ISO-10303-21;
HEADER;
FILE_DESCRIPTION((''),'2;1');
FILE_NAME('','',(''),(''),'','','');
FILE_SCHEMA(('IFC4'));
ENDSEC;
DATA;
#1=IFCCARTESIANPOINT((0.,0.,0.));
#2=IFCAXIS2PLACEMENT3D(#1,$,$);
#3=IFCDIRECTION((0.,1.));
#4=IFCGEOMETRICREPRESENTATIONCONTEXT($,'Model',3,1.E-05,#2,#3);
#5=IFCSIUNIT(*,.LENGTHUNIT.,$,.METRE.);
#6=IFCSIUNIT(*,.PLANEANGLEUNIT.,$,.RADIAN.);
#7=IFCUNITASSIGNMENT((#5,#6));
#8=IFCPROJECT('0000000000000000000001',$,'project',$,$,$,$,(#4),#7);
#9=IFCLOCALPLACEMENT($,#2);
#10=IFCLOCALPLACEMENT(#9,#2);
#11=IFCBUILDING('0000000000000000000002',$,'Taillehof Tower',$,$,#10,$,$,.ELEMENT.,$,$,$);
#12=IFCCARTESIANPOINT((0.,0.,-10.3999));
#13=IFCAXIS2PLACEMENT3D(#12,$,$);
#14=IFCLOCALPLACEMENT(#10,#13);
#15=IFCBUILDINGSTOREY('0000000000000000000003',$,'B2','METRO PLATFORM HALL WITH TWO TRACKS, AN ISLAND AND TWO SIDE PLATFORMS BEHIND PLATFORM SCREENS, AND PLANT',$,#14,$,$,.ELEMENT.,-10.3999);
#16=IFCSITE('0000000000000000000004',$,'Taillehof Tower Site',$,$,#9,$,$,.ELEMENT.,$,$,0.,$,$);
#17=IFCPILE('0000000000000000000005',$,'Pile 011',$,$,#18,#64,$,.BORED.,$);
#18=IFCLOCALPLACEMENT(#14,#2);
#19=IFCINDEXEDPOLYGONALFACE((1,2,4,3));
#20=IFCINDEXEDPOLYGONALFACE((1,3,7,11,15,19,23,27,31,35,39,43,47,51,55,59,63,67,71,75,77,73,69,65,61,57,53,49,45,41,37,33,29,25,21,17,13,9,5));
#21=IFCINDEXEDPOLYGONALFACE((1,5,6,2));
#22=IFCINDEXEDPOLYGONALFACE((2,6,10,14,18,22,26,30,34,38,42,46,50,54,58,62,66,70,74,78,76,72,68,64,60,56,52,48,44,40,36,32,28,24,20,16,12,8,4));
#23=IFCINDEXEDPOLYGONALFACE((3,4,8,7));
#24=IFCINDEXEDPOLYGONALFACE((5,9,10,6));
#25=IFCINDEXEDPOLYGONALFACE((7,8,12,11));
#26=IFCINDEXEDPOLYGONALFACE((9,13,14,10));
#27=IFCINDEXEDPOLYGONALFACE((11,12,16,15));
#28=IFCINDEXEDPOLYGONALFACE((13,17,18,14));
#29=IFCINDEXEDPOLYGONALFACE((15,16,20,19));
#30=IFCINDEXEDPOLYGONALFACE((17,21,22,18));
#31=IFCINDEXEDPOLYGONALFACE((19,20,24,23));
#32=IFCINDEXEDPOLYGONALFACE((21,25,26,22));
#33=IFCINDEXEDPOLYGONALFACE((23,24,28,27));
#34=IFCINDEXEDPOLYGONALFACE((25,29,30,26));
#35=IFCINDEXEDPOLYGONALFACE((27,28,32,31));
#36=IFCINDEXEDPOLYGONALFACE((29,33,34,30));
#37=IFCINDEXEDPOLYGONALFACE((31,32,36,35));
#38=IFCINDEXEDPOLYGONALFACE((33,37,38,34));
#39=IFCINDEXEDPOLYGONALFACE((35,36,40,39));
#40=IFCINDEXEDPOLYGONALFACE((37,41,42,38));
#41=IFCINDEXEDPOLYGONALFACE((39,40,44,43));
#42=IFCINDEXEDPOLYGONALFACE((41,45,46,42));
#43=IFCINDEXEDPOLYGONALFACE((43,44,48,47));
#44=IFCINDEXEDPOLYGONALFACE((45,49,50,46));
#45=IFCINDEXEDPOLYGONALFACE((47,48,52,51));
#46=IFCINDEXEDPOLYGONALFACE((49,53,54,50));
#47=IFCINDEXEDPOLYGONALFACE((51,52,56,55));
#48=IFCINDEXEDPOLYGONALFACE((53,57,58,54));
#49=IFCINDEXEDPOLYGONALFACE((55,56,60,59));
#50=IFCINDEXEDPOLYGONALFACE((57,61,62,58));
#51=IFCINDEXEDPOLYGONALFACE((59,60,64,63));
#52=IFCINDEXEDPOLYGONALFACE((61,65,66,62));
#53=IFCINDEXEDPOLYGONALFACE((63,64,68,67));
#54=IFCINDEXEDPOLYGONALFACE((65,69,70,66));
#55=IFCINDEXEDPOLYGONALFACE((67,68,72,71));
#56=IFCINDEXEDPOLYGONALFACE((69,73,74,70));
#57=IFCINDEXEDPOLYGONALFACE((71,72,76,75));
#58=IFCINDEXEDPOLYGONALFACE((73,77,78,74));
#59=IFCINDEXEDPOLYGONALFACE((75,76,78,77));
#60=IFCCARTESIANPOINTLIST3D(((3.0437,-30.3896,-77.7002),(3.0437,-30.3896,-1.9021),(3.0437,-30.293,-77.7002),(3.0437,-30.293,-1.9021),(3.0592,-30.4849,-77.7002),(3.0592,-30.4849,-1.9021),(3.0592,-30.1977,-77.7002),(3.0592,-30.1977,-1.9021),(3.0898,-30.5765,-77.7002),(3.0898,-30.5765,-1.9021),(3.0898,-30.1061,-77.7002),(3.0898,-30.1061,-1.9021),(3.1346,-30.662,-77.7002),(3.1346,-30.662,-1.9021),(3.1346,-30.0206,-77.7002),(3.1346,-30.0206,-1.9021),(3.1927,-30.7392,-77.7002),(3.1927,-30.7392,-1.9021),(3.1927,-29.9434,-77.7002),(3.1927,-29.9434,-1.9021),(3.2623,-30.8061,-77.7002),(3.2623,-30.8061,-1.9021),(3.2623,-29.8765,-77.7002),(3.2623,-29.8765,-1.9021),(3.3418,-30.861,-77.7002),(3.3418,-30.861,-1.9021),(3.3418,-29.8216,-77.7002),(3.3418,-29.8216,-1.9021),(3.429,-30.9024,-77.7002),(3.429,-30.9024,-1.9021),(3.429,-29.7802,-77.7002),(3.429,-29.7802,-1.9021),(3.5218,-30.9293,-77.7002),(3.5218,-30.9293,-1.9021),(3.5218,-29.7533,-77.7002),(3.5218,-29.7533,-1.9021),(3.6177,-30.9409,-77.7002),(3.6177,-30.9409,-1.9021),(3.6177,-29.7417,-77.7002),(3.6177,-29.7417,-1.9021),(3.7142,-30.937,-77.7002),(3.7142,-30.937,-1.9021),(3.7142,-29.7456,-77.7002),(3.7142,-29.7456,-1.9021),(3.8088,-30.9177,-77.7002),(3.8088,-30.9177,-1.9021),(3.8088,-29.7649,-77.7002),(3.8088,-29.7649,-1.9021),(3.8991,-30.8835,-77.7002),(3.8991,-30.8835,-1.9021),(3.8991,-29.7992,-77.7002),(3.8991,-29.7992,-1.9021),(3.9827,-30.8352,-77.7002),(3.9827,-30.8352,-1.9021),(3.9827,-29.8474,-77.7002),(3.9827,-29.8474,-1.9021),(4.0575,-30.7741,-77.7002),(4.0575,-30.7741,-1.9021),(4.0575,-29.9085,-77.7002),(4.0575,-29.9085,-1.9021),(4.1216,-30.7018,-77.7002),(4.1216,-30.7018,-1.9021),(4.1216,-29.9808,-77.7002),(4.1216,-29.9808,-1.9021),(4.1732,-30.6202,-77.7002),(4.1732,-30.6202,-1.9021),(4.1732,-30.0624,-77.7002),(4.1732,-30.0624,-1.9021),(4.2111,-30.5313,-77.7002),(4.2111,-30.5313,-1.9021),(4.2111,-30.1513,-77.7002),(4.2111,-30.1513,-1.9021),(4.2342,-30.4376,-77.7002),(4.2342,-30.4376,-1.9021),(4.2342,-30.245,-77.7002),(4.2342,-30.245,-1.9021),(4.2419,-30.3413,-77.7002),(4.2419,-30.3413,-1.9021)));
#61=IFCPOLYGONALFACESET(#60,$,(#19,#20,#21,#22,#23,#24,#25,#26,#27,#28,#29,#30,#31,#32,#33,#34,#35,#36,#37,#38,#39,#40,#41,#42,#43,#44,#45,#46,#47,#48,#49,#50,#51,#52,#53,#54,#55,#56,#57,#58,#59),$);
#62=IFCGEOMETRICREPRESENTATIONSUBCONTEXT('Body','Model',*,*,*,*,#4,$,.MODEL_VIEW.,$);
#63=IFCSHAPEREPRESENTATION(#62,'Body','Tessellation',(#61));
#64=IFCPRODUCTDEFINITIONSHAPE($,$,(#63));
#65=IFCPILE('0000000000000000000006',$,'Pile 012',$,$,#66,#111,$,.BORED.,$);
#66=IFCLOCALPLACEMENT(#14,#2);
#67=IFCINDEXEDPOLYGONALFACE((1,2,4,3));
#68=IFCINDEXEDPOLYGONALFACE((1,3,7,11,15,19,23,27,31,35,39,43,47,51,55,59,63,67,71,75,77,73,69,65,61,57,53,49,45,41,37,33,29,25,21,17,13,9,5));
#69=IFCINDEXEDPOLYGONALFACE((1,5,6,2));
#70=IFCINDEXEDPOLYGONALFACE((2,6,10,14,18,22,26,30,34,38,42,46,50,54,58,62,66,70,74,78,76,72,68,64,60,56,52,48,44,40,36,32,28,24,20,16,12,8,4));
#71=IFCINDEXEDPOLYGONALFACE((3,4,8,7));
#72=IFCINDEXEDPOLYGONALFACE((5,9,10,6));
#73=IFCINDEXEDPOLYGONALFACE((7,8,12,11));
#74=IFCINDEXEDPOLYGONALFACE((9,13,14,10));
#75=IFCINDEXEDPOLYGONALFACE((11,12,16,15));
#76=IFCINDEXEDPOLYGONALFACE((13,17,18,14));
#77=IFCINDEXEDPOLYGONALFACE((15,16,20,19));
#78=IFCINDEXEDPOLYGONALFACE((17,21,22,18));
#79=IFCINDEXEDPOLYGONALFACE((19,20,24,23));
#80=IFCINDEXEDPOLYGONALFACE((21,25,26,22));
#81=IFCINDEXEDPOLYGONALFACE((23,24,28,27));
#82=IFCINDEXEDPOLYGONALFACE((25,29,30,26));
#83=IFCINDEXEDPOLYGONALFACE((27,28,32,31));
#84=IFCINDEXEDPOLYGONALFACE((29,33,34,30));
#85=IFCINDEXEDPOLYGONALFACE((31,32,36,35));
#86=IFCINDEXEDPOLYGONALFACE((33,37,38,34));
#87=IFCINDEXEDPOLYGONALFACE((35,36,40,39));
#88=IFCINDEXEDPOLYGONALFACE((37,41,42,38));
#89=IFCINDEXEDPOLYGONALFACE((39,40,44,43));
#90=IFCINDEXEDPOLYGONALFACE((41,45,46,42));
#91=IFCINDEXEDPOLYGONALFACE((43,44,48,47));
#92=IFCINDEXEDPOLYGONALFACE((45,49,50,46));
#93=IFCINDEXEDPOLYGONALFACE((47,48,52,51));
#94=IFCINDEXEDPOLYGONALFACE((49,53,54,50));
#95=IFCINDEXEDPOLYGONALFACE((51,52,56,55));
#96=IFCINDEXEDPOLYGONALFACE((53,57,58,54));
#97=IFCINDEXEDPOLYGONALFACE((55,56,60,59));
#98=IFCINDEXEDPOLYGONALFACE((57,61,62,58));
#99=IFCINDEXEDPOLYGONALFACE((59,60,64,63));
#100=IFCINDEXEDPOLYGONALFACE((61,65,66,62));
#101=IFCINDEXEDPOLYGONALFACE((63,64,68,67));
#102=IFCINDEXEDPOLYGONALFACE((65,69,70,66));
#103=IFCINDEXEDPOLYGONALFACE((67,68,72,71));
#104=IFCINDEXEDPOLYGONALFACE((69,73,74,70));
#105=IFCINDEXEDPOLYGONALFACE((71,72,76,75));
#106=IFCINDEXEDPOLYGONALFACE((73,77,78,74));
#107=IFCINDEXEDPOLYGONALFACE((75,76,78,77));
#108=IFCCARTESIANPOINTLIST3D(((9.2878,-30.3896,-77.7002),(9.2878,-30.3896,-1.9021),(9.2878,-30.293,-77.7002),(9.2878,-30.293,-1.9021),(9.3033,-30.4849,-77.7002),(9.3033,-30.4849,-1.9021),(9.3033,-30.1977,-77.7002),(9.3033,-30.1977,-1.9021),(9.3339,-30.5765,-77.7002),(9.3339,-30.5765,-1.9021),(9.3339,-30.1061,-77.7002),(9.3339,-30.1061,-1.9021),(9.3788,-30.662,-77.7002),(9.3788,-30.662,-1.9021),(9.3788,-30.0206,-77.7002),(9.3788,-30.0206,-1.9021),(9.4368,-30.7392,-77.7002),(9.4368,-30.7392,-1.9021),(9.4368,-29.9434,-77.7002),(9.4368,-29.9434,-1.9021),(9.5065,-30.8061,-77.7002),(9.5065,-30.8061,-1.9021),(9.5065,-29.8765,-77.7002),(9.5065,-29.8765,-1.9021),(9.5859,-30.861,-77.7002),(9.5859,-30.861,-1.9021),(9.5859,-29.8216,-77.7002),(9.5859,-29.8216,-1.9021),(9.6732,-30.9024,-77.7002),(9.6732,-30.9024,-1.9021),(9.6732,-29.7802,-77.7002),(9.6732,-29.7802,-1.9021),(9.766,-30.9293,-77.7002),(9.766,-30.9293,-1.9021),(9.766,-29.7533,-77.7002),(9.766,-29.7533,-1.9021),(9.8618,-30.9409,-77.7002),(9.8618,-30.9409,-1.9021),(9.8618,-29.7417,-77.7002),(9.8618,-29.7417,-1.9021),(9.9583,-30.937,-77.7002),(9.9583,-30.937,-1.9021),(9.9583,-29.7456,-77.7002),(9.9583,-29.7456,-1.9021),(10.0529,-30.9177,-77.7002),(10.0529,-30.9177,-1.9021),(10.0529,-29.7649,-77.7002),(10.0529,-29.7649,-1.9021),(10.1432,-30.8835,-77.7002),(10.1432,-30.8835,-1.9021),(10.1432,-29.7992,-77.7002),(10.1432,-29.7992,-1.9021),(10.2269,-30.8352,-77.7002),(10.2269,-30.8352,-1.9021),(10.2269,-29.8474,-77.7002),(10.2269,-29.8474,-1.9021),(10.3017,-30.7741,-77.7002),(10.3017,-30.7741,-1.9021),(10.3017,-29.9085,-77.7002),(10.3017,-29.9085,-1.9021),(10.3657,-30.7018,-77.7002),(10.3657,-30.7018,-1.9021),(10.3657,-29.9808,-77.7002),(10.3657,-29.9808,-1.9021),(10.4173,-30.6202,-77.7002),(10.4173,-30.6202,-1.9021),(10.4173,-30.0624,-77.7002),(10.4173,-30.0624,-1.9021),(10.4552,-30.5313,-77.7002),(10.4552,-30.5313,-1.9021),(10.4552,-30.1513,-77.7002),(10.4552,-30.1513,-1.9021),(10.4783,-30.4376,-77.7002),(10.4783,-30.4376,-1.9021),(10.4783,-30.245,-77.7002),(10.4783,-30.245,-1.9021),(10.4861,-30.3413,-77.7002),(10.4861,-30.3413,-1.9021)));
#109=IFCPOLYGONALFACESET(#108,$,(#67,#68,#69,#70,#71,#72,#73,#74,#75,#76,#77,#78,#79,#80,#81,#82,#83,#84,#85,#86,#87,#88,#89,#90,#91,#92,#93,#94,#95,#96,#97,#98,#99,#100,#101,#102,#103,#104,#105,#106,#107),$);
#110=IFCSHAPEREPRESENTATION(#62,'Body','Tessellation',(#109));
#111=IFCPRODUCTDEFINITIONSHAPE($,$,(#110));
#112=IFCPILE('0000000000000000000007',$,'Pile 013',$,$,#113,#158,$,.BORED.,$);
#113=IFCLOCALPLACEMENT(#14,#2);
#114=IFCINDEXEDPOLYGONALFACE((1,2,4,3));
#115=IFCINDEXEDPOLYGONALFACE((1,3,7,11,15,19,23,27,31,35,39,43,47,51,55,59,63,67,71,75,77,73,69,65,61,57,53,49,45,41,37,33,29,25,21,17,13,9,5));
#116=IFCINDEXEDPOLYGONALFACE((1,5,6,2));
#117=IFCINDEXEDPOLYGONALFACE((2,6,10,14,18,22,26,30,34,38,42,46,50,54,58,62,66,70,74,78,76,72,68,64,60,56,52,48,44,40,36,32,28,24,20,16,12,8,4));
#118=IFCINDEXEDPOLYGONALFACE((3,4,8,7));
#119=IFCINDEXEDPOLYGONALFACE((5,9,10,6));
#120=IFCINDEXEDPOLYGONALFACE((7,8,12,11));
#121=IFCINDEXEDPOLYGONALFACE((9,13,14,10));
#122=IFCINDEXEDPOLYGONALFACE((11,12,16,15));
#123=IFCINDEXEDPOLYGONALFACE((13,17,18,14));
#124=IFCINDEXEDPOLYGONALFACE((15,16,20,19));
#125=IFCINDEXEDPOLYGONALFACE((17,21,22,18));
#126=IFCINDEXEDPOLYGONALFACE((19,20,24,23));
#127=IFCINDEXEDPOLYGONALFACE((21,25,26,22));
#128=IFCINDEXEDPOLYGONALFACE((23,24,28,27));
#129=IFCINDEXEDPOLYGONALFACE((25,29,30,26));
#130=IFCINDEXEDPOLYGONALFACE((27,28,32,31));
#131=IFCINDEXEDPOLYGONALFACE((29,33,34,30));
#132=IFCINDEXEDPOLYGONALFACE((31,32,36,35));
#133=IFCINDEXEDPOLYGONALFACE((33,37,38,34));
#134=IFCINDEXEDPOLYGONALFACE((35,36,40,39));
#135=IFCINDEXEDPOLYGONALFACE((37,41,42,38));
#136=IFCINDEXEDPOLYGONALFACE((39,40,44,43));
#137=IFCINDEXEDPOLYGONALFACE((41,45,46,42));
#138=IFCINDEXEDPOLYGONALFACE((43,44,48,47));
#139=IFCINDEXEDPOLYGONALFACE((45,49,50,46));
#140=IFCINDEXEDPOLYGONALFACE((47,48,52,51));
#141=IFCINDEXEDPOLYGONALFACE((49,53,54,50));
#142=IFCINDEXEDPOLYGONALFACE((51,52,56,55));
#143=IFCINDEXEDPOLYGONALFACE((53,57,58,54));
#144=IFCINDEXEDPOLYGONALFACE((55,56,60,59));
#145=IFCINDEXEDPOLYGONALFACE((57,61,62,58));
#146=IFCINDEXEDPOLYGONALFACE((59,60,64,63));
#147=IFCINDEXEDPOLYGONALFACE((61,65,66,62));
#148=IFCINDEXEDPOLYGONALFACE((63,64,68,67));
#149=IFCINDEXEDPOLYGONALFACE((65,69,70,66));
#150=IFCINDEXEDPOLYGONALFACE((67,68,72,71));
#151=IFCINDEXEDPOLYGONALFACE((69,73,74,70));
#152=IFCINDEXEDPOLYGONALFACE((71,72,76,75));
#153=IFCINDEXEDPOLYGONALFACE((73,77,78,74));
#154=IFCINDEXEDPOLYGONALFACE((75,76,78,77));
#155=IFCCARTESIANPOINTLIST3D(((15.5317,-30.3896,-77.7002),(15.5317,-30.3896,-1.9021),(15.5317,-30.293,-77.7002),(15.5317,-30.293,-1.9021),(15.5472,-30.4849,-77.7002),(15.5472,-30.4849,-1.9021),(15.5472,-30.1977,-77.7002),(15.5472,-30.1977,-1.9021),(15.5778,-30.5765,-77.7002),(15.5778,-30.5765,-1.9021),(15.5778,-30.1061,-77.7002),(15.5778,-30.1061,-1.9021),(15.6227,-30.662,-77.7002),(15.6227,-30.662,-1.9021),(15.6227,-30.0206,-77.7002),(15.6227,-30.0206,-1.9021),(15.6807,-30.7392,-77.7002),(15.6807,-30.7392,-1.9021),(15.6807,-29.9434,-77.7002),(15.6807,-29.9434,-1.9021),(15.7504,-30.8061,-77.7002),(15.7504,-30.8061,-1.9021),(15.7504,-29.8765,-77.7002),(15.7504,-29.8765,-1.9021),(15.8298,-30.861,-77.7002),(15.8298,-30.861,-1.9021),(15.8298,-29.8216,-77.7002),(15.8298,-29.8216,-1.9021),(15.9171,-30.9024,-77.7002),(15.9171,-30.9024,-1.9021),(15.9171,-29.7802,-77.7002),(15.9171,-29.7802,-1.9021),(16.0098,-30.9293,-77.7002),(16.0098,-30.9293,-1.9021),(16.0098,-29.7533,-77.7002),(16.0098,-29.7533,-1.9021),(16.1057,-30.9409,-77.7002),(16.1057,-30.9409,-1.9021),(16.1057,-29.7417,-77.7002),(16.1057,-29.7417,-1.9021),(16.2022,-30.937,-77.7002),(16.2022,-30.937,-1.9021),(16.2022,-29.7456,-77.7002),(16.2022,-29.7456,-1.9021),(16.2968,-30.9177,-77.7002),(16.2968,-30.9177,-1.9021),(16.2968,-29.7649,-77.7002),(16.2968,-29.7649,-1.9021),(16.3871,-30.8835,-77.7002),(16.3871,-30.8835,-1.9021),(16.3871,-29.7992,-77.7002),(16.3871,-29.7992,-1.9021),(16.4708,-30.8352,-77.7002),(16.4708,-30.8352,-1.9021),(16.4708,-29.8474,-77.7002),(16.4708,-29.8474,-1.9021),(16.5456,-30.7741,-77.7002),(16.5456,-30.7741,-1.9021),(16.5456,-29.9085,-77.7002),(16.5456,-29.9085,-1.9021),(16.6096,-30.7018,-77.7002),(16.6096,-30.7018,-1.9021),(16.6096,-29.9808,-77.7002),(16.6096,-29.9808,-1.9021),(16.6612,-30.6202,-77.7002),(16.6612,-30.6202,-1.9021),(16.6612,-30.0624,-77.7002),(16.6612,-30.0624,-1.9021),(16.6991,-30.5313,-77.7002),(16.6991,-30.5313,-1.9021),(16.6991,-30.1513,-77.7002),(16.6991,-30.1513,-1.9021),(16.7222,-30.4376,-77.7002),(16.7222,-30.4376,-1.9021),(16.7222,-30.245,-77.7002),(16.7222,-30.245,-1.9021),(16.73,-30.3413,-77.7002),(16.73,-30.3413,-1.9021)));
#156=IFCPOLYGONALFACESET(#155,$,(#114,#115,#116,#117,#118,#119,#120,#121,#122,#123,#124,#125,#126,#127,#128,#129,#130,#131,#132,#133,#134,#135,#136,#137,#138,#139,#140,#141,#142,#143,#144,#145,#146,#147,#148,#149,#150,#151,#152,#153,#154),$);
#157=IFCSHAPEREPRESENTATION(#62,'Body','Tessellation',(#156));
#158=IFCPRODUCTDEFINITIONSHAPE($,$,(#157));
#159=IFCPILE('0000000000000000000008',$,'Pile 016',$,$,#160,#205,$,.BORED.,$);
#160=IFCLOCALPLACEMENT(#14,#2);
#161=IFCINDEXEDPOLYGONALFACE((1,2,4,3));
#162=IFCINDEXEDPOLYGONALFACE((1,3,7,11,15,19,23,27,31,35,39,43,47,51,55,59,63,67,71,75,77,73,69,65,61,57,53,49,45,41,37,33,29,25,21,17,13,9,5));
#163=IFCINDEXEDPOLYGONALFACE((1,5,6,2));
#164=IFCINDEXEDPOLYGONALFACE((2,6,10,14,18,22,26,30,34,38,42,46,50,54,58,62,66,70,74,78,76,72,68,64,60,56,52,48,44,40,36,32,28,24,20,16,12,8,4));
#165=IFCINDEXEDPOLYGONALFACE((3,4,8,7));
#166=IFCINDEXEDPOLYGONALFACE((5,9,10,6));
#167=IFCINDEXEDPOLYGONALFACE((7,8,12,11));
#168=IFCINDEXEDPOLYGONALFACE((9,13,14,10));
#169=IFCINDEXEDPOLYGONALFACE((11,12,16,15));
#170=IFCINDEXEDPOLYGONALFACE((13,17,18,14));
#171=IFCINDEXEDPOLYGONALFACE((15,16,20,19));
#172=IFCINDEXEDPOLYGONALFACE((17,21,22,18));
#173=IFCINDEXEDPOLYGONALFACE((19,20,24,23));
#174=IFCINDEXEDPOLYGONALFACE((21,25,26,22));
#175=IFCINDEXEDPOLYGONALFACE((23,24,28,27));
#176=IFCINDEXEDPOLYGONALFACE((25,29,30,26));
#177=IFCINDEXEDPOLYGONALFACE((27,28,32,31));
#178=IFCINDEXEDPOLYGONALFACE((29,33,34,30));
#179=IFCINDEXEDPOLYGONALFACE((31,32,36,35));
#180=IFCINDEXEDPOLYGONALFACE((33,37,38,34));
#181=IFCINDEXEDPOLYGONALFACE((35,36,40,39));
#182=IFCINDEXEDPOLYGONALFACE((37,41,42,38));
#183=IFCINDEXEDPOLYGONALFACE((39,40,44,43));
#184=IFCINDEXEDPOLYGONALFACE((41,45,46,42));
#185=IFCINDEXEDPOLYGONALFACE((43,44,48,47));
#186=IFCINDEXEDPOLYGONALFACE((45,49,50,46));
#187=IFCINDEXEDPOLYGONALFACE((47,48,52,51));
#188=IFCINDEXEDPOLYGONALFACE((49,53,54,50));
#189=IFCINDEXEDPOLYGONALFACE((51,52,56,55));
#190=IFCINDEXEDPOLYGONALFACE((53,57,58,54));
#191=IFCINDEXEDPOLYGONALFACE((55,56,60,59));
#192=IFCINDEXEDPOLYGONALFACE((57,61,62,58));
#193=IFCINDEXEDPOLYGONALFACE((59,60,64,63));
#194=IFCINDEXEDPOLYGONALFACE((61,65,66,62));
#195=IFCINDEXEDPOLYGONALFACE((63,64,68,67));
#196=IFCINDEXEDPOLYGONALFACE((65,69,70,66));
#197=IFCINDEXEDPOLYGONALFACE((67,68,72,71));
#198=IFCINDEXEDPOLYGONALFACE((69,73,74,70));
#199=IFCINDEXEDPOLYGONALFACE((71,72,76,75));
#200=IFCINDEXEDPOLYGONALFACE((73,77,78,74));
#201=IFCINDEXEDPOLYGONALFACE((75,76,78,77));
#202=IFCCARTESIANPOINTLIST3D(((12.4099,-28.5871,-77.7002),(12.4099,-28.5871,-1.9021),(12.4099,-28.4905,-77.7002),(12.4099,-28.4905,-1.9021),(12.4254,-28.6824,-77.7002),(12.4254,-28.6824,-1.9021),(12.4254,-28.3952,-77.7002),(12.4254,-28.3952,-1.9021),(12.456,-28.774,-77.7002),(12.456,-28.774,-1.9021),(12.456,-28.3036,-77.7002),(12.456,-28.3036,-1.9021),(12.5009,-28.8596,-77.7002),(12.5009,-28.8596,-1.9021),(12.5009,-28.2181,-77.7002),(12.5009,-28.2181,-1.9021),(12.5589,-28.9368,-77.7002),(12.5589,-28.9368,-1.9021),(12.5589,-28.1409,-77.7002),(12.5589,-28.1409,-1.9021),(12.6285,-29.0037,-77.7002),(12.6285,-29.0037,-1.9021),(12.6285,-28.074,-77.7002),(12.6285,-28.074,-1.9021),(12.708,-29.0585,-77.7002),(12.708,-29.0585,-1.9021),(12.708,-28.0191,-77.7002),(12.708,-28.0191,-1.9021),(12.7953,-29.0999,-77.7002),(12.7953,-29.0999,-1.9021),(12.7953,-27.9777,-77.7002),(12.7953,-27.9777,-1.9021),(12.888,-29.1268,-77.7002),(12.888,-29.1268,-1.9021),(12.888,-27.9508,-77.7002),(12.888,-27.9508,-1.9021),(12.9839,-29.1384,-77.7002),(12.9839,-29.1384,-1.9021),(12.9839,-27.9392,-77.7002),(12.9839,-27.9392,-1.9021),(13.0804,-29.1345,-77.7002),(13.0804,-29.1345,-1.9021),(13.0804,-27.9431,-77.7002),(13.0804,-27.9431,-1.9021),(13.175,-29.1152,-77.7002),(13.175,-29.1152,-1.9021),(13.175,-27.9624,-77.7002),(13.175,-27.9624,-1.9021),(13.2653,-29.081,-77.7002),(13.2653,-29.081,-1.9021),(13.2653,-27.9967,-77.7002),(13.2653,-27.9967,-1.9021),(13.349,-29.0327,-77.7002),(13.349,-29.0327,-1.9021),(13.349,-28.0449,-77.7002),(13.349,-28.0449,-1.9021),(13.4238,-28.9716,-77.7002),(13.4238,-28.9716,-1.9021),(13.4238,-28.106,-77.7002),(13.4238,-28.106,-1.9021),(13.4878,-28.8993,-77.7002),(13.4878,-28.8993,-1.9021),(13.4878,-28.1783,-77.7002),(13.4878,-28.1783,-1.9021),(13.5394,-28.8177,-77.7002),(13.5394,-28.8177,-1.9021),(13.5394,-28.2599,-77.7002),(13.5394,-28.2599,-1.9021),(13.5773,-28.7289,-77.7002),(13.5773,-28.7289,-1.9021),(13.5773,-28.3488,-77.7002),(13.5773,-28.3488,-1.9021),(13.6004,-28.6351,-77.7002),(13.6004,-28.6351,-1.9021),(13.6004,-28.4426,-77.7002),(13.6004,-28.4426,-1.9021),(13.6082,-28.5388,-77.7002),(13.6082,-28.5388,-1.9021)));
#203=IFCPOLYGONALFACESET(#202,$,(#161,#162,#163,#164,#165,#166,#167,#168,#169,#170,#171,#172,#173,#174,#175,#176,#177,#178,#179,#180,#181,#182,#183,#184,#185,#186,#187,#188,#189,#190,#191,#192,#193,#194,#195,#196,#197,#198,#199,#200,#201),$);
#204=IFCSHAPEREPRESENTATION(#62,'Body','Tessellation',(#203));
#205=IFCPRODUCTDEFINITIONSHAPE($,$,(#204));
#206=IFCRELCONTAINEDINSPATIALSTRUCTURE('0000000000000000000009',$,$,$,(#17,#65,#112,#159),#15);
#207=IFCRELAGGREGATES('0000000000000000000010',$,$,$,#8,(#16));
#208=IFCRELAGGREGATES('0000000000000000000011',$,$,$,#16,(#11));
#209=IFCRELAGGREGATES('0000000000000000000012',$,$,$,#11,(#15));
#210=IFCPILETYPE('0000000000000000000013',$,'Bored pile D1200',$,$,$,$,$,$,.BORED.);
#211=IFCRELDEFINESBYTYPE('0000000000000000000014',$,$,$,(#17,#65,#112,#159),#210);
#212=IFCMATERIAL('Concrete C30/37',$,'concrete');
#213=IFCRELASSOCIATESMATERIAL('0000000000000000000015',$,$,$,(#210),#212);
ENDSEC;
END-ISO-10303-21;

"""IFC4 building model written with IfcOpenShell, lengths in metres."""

from ifc_helpers import new_model, si_unit, direction, frame, origin, origin_2d, place, context, subcontext, project, spatial, circle, extrude, material, material_profile, profile_set, type_object, element, save


model = new_model("IFC4")

# Units and contexts
model_context = context("Model", 3, precision=1e-05, world=origin(), true_north=direction((0.0, 1.0)))
body_context = subcontext(model_context, "Body", "Model", "MODEL_VIEW")
ifc_project = project(units=[si_unit("LENGTHUNIT", "METRE"), si_unit("PLANEANGLEUNIT", "RADIAN")], contexts=[model_context])

# Site, building, storey
site_placement = place(None, origin())
site = spatial("IfcSite", under=ifc_project, at=site_placement, Name="Taillehof Tower Site", CompositionType="ELEMENT", RefElevation=0.0)
building_placement = place(site_placement, origin())
building = spatial("IfcBuilding", under=site, at=building_placement, Name="Taillehof Tower", CompositionType="ELEMENT")
storey_placement = place(building_placement, frame((0.0, 0.0, -10.3999)))
storey = spatial("IfcBuildingStorey", under=building, at=storey_placement, Name="B2", Description="METRO PLATFORM HALL WITH TWO TRACKS, AN ISLAND AND TWO SIDE PLATFORMS BEHIND PLATFORM SCREENS, AND PLANT", CompositionType="ELEMENT", Elevation=-10.3999)

# Piles
ifc_material_1 = material(Name="Concrete C30/37", Category="concrete")
ifc_material_profile_1 = material_profile(ifc_material_1, circle(Radius=0.6001, at=origin_2d()), Name="BP D1200")
ifc_profile_set_1 = profile_set([ifc_material_profile_1], Name="Concrete C30/37")
pile_type = type_object("IfcPileType", Name="Bored pile D1200", PredefinedType="BORED", material=ifc_profile_set_1)
for number, where, z_axis, x_axis, name in (
    (1, (3.6418, -30.3413, -1.9021), (0.0, 0.0, -1.0), (1.0, 0.0, 0.0), "Pile 011"),
    (2, (9.886, -30.3413, -1.9021), (0.0, 0.0, -1.0), (1.0, 0.0, 0.0), "Pile 012"),
    (3, (16.1299, -30.3413, -1.9021), (0.0, 0.0, -1.0), (1.0, 0.0, 0.0), "Pile 013"),
    (4, (13.0081, -28.5388, -1.9021), (0.0, 0.0, -1.0), (1.0, 0.0, 0.0), "Pile 016"),
):
    element("IfcPile", number, at=place(storey_placement, frame(where, z_axis=z_axis, x_axis=x_axis)), inside=storey, type_object=pile_type, Name=name, PredefinedType="BORED", context=body_context, shape_type="SweptSolid", body=[
        extrude(circle(Radius=0.6001, at=origin_2d()), origin(), (0.0, 0.0, 1.0), 75.7981),
    ])

save(model, "model.ifc")
